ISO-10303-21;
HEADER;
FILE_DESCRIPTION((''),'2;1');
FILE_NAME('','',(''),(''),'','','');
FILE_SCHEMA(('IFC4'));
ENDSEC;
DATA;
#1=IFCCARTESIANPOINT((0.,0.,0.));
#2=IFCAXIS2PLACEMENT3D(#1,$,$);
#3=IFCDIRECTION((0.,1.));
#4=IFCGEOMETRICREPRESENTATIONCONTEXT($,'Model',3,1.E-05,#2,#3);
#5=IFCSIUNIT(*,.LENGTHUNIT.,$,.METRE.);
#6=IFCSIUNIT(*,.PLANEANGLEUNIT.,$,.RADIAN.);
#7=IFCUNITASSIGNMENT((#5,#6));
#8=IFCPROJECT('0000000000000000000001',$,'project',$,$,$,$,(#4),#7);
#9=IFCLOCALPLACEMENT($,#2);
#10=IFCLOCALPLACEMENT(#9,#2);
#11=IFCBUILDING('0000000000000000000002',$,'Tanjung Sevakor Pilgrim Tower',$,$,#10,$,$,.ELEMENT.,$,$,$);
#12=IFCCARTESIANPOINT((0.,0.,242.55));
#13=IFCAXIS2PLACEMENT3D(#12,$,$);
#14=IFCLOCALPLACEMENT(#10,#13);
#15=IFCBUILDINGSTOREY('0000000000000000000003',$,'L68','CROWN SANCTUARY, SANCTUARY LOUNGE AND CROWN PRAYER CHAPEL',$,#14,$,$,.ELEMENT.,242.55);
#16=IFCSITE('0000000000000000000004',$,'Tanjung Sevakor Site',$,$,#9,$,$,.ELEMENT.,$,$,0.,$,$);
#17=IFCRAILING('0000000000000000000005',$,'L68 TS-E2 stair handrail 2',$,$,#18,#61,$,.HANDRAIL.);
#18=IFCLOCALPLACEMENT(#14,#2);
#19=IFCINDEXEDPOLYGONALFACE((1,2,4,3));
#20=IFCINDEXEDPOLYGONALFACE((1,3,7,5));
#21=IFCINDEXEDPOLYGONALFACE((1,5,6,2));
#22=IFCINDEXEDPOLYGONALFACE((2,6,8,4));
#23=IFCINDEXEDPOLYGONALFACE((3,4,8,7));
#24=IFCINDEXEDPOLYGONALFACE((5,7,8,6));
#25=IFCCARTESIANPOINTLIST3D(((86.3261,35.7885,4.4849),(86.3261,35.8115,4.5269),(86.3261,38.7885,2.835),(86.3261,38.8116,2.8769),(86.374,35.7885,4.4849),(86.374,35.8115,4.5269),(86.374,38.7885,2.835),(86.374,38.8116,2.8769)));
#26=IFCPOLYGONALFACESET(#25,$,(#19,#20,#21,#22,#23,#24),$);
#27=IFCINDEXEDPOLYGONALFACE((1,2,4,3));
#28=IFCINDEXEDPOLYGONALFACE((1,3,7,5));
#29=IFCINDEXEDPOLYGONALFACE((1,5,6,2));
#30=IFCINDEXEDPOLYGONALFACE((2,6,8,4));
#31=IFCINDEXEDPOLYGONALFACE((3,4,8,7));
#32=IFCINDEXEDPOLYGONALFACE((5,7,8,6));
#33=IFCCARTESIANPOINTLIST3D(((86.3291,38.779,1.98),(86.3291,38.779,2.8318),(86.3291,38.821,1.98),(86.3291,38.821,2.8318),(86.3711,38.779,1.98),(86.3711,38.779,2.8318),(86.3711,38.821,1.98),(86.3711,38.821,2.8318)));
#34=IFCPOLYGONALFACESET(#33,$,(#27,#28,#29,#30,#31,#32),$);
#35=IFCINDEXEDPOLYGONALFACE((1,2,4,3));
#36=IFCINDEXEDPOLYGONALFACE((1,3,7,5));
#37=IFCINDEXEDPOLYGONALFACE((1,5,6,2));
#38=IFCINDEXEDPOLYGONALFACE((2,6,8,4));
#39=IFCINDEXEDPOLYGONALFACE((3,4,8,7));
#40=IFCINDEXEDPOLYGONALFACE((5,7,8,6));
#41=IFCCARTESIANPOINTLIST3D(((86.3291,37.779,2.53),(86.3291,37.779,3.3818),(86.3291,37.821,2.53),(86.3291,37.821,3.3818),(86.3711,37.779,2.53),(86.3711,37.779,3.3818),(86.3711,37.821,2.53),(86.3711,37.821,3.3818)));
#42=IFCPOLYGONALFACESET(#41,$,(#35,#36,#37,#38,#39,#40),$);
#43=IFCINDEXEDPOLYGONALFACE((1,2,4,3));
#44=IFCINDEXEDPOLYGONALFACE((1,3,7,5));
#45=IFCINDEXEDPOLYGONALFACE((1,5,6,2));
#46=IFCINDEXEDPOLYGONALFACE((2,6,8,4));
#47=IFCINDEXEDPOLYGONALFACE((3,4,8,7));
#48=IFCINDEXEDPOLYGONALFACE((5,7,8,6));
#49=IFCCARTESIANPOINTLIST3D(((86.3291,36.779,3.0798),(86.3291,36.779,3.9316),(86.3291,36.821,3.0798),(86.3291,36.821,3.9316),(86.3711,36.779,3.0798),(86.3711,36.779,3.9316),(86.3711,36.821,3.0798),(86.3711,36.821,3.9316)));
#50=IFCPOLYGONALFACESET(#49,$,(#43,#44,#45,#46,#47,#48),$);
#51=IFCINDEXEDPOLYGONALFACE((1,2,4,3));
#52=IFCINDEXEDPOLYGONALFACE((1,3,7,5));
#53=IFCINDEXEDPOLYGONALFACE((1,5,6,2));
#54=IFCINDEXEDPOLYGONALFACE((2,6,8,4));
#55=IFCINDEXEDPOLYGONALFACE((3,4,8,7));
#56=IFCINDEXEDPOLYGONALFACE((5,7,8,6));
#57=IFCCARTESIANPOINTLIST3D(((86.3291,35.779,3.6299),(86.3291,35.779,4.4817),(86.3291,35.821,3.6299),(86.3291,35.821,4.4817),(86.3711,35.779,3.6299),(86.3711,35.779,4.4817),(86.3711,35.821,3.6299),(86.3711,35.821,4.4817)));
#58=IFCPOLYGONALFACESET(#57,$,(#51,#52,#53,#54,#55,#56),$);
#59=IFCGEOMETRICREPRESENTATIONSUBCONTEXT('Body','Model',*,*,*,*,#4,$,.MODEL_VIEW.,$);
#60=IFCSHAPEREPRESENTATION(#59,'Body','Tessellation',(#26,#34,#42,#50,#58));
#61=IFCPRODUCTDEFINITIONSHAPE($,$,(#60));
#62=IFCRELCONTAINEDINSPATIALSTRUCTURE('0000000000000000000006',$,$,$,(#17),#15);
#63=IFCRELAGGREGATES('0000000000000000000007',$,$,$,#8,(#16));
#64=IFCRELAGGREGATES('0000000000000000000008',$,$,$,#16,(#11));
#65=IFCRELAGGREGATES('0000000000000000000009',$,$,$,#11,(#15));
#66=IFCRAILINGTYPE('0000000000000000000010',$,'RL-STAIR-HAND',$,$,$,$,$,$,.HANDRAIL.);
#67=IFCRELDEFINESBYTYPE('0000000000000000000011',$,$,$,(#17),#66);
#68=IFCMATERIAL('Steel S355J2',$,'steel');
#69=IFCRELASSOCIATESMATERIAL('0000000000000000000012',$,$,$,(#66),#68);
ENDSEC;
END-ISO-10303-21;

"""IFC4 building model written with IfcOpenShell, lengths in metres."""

from ifc_helpers import new_model, si_unit, direction, frame, origin, place, context, subcontext, project, spatial, rectangle, extrude, material, type_object, element, save


model = new_model("IFC4")

# Units and contexts
model_context = context("Model", 3, precision=1e-05, world=origin(), true_north=direction((0.0, 1.0)))
body_context = subcontext(model_context, "Body", "Model", "MODEL_VIEW")
ifc_project = project(units=[si_unit("LENGTHUNIT", "METRE"), si_unit("PLANEANGLEUNIT", "RADIAN")], contexts=[model_context])

# Site, building, storey
site_placement = place(None, origin())
site = spatial("IfcSite", under=ifc_project, at=site_placement, Name="Tanjung Sevakor Site", CompositionType="ELEMENT", RefElevation=0.0)
building_placement = place(site_placement, origin())
building = spatial("IfcBuilding", under=site, at=building_placement, Name="Tanjung Sevakor Pilgrim Tower", CompositionType="ELEMENT")
storey_placement = place(building_placement, frame((0.0, 0.0, 242.55)))
storey = spatial("IfcBuildingStorey", under=building, at=storey_placement, Name="L68", Description="CROWN SANCTUARY, SANCTUARY LOUNGE AND CROWN PRAYER CHAPEL", CompositionType="ELEMENT", Elevation=242.55)

# Railing
ifc_material_1 = material(Name="Steel S355J2", Category="steel")
railing_type_1 = type_object("IfcRailingType", Name="RL-STAIR-HAND", PredefinedType="HANDRAIL", material=ifc_material_1)
railing_1_placement = place(storey_placement, frame((86.3501, 38.8, 1.98)))
element("IfcRailing", 1, at=railing_1_placement, inside=storey, type_object=railing_type_1, Name="L68 TS-E2 stair handrail 2", PredefinedType="HANDRAIL", context=body_context, shape_type="SweptSolid", body=[
    extrude(rectangle(XDim=0.0479, YDim=0.0479), frame((0.0, 0.0, 0.876), z_axis=(0.0, -0.876228, 0.481897), x_axis=(1.0, 0.0, 0.0)), (0.0, 0.0, 1.0), 3.4238),
    extrude(rectangle(XDim=0.042, YDim=0.042), origin(), (0.0, 0.0, 1.0), 0.8518),
    extrude(rectangle(XDim=0.042, YDim=0.042), frame((0.0, -1.0, 0.55)), (0.0, 0.0, 1.0), 0.8518),
    extrude(rectangle(XDim=0.042, YDim=0.042), frame((0.0, -2.0, 1.0999)), (0.0, 0.0, 1.0), 0.8518),
    extrude(rectangle(XDim=0.042, YDim=0.042), frame((0.0, -3.0, 1.6499)), (0.0, 0.0, 1.0), 0.8518),
])

save(model, "model.ifc")
